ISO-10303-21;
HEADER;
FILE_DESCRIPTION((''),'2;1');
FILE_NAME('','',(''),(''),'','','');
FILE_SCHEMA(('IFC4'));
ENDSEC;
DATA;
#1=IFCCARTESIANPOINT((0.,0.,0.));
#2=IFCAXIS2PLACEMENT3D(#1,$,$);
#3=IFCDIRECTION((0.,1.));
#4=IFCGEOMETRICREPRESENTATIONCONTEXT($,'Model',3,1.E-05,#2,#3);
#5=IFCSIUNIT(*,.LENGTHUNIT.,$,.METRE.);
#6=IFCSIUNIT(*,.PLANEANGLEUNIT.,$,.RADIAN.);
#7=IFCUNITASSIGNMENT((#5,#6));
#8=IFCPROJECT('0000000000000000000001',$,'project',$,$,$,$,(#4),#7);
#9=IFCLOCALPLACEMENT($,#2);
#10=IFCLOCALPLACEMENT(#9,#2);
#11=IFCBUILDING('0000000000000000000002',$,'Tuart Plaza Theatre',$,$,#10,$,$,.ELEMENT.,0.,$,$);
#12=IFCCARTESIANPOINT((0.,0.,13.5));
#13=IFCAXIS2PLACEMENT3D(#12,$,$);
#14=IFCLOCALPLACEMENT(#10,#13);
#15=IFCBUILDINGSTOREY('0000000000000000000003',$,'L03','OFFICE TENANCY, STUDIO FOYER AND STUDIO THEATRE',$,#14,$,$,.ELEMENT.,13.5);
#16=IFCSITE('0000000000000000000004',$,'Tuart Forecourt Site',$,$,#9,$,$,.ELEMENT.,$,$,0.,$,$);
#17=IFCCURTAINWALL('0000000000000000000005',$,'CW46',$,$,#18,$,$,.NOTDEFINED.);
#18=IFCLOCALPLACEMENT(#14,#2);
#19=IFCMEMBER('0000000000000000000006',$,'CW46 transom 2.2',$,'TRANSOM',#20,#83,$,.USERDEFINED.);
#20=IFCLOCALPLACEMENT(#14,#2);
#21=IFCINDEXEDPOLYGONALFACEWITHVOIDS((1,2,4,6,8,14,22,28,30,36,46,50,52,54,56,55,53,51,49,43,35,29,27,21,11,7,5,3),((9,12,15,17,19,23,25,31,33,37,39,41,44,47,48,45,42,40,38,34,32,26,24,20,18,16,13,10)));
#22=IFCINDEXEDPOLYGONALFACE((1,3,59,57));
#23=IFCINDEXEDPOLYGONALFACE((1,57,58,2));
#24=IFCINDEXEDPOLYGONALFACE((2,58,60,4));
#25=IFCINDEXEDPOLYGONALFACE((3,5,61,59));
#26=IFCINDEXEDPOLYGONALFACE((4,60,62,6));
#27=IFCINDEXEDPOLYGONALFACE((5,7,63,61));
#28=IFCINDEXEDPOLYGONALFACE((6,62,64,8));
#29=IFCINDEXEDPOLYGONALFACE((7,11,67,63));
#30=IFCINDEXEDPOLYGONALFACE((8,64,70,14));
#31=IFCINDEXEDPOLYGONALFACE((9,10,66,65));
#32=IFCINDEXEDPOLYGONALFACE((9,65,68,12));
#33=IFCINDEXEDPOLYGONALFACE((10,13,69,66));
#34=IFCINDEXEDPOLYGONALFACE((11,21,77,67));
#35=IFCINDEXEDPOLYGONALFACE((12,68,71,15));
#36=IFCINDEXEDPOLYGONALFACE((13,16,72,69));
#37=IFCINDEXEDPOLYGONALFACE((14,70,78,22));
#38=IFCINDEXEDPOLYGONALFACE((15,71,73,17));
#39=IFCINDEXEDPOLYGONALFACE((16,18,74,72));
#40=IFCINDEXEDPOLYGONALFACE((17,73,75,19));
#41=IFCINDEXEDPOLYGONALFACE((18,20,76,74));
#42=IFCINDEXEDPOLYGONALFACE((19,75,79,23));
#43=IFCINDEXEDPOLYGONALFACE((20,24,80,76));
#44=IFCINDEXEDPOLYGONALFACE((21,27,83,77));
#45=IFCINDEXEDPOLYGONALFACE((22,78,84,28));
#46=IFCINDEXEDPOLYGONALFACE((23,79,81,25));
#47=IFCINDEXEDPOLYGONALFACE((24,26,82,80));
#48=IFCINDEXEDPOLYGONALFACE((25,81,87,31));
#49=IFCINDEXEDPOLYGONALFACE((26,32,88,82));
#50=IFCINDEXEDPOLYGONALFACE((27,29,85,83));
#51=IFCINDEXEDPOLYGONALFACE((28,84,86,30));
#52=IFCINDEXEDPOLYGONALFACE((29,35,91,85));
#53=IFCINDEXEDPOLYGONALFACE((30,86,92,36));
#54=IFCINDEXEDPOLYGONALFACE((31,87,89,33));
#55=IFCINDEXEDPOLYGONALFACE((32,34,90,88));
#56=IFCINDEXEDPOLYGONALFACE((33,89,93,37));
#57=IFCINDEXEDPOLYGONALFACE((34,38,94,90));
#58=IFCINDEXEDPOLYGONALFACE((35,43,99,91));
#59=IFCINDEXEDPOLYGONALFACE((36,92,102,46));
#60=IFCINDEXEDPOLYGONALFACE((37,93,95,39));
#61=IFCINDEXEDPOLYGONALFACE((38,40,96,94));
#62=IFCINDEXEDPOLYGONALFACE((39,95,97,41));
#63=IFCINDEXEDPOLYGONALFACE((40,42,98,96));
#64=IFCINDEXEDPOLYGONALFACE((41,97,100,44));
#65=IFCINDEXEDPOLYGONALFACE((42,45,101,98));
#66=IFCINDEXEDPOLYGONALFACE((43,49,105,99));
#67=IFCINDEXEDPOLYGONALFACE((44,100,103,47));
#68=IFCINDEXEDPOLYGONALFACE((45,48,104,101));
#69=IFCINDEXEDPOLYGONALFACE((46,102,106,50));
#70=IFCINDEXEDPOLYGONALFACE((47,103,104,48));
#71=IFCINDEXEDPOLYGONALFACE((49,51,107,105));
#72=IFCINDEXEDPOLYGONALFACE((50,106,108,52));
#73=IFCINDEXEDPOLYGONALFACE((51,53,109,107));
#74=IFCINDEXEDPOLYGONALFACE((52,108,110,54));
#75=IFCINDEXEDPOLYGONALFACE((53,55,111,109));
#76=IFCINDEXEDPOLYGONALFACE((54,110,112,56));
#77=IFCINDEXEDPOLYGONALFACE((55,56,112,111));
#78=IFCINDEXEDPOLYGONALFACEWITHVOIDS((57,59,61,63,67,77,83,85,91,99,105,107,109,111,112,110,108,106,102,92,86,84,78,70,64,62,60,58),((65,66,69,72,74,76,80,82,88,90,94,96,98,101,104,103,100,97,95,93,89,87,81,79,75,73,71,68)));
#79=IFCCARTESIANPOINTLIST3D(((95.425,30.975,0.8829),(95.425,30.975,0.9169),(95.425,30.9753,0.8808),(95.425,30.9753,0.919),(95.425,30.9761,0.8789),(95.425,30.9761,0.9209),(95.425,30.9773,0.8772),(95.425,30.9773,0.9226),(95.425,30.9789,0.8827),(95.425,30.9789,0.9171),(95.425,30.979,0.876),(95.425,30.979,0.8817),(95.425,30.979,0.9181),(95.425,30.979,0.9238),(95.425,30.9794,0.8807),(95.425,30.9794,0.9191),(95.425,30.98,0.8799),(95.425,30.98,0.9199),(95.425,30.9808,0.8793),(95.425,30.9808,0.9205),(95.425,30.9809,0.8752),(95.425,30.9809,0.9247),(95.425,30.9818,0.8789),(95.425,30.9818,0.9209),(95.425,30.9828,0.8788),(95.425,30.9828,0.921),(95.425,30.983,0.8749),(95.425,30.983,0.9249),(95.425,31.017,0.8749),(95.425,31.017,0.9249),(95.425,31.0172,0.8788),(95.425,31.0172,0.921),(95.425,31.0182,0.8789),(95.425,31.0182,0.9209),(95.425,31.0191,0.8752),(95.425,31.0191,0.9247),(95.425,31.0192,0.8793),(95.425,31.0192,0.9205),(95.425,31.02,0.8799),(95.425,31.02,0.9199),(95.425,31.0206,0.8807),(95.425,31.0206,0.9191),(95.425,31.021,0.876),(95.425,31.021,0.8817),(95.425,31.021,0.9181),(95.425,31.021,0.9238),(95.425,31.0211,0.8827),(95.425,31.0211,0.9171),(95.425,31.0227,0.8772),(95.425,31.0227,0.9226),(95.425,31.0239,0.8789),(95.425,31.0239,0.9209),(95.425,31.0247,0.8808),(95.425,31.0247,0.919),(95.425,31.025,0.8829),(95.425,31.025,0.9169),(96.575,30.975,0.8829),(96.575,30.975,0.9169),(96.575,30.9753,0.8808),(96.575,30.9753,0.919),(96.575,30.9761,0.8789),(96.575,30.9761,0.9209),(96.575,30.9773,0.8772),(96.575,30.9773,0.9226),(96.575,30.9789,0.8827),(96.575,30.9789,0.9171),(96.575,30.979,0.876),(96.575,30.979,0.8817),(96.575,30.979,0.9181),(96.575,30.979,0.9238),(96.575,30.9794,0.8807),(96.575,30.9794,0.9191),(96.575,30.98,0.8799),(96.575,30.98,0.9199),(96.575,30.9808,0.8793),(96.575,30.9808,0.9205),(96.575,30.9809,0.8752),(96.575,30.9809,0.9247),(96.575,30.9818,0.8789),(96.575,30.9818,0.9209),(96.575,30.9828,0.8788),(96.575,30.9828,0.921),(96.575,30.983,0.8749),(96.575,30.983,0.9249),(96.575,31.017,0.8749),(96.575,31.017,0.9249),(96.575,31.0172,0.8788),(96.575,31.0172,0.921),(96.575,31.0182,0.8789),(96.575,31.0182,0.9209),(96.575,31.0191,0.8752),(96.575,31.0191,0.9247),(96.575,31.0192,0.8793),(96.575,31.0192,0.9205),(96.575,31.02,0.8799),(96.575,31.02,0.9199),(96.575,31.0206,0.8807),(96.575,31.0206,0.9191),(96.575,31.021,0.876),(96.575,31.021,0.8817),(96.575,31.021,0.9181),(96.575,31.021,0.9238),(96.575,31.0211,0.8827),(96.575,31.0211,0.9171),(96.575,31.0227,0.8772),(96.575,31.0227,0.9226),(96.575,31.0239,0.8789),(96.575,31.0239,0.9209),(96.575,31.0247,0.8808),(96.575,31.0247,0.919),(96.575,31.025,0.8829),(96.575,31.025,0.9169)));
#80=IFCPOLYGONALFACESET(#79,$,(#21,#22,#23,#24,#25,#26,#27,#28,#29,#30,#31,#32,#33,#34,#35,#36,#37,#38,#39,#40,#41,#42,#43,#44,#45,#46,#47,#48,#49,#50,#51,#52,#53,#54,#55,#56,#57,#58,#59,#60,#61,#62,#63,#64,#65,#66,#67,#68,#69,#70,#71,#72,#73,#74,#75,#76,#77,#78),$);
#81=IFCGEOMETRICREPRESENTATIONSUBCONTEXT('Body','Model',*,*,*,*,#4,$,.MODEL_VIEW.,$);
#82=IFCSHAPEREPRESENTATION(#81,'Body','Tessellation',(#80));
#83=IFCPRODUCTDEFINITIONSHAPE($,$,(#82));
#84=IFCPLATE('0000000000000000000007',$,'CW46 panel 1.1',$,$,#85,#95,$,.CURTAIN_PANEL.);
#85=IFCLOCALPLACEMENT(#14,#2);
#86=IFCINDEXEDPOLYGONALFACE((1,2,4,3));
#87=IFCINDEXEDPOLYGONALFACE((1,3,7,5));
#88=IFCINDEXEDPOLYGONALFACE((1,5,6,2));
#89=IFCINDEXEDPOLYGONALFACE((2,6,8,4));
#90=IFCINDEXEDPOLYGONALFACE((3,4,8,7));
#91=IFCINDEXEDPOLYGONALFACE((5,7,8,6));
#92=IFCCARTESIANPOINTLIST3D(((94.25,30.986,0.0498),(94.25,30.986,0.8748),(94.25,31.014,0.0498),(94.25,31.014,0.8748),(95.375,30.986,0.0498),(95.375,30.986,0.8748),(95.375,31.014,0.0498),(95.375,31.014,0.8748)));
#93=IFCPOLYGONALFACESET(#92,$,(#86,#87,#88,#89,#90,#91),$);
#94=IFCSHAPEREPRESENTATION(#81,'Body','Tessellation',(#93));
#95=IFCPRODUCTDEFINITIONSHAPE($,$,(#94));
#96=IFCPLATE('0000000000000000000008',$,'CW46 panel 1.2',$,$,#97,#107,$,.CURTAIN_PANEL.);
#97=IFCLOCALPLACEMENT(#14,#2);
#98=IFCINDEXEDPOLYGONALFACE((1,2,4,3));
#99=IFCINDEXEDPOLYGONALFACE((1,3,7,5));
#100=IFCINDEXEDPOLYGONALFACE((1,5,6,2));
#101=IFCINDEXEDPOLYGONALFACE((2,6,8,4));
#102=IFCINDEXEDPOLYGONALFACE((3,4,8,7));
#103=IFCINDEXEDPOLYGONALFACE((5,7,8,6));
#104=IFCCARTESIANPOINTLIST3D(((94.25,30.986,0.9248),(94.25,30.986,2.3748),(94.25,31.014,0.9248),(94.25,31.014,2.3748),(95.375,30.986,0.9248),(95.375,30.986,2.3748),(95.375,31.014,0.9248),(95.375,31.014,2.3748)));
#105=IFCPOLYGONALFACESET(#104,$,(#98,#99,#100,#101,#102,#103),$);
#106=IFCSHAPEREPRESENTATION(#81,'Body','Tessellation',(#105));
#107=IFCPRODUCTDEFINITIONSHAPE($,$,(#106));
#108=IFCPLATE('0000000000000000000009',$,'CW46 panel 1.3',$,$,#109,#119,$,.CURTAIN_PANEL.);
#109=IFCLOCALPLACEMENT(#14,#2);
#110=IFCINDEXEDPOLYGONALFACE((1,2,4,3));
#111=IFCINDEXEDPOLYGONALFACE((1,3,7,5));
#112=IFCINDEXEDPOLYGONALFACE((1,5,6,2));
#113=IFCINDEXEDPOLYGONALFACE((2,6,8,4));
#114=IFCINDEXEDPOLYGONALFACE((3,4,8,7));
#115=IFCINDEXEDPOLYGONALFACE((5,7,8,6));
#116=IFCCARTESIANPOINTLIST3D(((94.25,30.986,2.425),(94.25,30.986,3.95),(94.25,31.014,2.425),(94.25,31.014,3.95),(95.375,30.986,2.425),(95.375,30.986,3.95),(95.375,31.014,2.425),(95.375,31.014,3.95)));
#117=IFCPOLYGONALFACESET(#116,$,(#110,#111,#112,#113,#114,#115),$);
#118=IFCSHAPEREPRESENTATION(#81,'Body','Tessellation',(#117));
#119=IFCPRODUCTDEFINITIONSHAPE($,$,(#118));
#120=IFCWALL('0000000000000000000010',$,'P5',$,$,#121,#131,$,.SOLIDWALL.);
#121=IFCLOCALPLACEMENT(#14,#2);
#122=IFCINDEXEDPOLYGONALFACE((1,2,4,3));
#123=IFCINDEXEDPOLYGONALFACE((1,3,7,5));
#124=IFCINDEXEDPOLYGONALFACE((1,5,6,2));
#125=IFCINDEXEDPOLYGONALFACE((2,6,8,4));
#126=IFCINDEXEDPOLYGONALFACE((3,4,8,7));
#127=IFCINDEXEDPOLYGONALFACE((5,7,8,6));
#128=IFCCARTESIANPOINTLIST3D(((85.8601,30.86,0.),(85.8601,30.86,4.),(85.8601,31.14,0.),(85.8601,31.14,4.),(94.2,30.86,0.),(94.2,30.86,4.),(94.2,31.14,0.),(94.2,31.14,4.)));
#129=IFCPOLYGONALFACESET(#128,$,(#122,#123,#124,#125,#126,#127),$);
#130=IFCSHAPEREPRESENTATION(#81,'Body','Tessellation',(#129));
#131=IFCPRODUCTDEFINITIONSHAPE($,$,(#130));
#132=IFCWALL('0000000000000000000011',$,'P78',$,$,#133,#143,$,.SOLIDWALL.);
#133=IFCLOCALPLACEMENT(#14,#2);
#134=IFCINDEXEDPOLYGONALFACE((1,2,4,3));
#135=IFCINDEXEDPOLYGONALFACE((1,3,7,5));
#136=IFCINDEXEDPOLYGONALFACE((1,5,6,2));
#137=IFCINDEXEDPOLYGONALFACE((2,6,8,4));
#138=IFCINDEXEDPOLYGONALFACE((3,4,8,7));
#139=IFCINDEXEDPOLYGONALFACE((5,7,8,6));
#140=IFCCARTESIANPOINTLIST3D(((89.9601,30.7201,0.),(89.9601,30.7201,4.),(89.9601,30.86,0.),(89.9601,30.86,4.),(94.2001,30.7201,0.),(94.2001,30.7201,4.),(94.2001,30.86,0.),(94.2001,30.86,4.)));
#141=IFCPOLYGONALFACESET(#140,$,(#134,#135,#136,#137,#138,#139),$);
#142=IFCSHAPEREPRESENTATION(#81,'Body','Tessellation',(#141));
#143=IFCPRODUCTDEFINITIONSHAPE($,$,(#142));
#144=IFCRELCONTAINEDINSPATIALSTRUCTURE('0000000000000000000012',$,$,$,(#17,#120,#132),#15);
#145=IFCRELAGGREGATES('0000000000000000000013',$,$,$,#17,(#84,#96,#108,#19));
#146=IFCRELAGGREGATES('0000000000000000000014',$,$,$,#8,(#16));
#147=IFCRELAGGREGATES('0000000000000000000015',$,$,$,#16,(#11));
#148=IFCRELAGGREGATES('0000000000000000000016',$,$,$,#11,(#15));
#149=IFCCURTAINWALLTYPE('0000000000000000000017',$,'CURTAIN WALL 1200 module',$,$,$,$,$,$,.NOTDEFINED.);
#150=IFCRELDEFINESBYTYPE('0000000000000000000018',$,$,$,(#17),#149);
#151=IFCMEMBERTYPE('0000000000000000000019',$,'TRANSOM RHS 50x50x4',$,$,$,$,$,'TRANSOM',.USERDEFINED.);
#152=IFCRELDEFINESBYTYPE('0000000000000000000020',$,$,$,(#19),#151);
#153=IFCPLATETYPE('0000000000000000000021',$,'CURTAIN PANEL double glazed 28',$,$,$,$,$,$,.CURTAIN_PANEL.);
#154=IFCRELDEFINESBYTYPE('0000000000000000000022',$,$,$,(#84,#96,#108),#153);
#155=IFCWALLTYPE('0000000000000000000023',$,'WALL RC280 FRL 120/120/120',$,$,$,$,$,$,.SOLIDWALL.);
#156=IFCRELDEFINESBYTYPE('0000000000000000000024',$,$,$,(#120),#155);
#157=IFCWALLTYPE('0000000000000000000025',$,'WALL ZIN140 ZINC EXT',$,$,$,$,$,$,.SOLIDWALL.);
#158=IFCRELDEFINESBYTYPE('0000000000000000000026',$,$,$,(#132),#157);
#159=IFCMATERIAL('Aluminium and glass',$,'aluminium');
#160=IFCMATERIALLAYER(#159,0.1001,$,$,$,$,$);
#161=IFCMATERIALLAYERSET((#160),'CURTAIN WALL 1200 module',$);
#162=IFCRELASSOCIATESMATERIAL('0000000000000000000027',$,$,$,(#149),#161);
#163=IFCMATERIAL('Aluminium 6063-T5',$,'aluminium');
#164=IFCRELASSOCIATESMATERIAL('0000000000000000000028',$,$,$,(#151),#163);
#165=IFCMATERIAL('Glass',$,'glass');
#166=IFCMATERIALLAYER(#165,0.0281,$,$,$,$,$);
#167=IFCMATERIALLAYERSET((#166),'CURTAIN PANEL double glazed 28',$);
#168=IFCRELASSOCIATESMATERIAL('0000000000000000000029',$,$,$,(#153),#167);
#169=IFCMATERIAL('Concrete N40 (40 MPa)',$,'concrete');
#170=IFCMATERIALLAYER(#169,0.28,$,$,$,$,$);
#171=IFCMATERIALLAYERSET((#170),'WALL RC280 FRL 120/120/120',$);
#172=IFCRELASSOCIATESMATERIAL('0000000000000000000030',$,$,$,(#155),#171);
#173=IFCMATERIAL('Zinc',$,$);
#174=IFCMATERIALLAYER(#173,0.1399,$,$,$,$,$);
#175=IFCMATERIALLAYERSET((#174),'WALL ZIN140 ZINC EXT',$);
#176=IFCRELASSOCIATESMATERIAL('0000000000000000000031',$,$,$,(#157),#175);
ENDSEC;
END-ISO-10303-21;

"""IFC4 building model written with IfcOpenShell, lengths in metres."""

from ifc_helpers import new_model, si_unit, direction, frame, frame_2d, origin, origin_2d, place, context, subcontext, project, spatial, rectangle, hollow_rectangle, extrude, material, layer, layer_set, material_profile, profile_set, type_object, element, aggregate, save


model = new_model("IFC4")

# Units and contexts
model_context = context("Model", 3, precision=1e-05, world=origin(), true_north=direction((0.0, 1.0)))
body_context = subcontext(model_context, "Body", "Model", "MODEL_VIEW")
ifc_project = project(units=[si_unit("LENGTHUNIT", "METRE"), si_unit("PLANEANGLEUNIT", "RADIAN")], contexts=[model_context])

# Site, building, storey
site_placement = place(None, origin())
site = spatial("IfcSite", under=ifc_project, at=site_placement, Name="Tuart Forecourt Site", CompositionType="ELEMENT", RefElevation=0.0)
building_placement = place(site_placement, origin())
building = spatial("IfcBuilding", under=site, at=building_placement, Name="Tuart Plaza Theatre", CompositionType="ELEMENT", ElevationOfRefHeight=0.0)
storey_placement = place(building_placement, frame((0.0, 0.0, 13.5)))
storey = spatial("IfcBuildingStorey", under=building, at=storey_placement, Name="L03", Description="OFFICE TENANCY, STUDIO FOYER AND STUDIO THEATRE", CompositionType="ELEMENT", Elevation=13.5)

# Curtain wall, member, plates
ifc_material_1 = material(Name="Aluminium and glass", Category="aluminium")
ifc_layer_1 = layer(ifc_material_1, 0.1001)
ifc_layer_set_1 = layer_set([ifc_layer_1], Name="CURTAIN WALL 1200 module")
curtain_wall_type = type_object("IfcCurtainWallType", Name="CURTAIN WALL 1200 module", PredefinedType="NOTDEFINED", material=ifc_layer_set_1)
curtain_wall_placement = place(storey_placement, origin())
curtain_wall = element("IfcCurtainWall", 1, at=curtain_wall_placement, inside=storey, type_object=curtain_wall_type, Name="CW46", PredefinedType="NOTDEFINED")
ifc_material_2 = material(Name="Aluminium 6063-T5", Category="aluminium")
ifc_material_profile_1 = material_profile(ifc_material_2, hollow_rectangle(XDim=0.05, YDim=0.05, WallThickness=0.0039, InnerFilletRadius=0.0039, OuterFilletRadius=0.0081, at=origin_2d()), Name="RHS 50x50x4")
ifc_profile_set_1 = profile_set([ifc_material_profile_1], Name="Aluminium 6063-T5")
member_type_1 = type_object("IfcMemberType", Name="TRANSOM RHS 50x50x4", ElementType="TRANSOM", PredefinedType="USERDEFINED", material=ifc_profile_set_1)
member_1_placement = place(storey_placement, frame((95.425, 31.0, 0.8999), z_axis=(1.0, 0.0, 0.0), x_axis=(0.0, 1.0, 0.0)))
member_1 = element("IfcMember", 2, at=member_1_placement, type_object=member_type_1, Name="CW46 transom 2.2", ObjectType="TRANSOM", PredefinedType="USERDEFINED", context=body_context, shape_type="SweptSolid", body=[
    extrude(hollow_rectangle(XDim=0.05, YDim=0.05, WallThickness=0.0039, InnerFilletRadius=0.0039, OuterFilletRadius=0.0081, at=origin_2d()), origin(), (0.0, 0.0, 1.0), 1.1499),
])
ifc_material_3 = material(Name="Glass", Category="glass")
ifc_layer_2 = layer(ifc_material_3, 0.0281)
ifc_layer_set_2 = layer_set([ifc_layer_2], Name="CURTAIN PANEL double glazed 28")
plate_type = type_object("IfcPlateType", Name="CURTAIN PANEL double glazed 28", PredefinedType="CURTAIN_PANEL", material=ifc_layer_set_2)
plate_1_placement = place(storey_placement, frame((94.8125, 31.0, 0.0498), z_axis=(0.0, 0.0, 1.0), x_axis=(1.0, 0.0, 0.0)))
plate_1 = element("IfcPlate", 3, at=plate_1_placement, type_object=plate_type, Name="CW46 panel 1.1", PredefinedType="CURTAIN_PANEL", context=body_context, shape_type="SweptSolid", body=[
    extrude(rectangle(XDim=1.125, YDim=0.0281, at=origin_2d()), origin(), (0.0, 0.0, 1.0), 0.825),
])
plate_2_placement = place(storey_placement, frame((94.8125, 31.0, 0.9248), z_axis=(0.0, 0.0, 1.0), x_axis=(1.0, 0.0, 0.0)))
plate_2 = element("IfcPlate", 4, at=plate_2_placement, type_object=plate_type, Name="CW46 panel 1.2", PredefinedType="CURTAIN_PANEL", context=body_context, shape_type="SweptSolid", body=[
    extrude(rectangle(XDim=1.125, YDim=0.0281, at=origin_2d()), origin(), (0.0, 0.0, 1.0), 1.45),
])
plate_3_placement = place(storey_placement, frame((94.8125, 31.0, 2.425), z_axis=(0.0, 0.0, 1.0), x_axis=(1.0, 0.0, 0.0)))
plate_3 = element("IfcPlate", 5, at=plate_3_placement, type_object=plate_type, Name="CW46 panel 1.3", PredefinedType="CURTAIN_PANEL", context=body_context, shape_type="SweptSolid", body=[
    extrude(rectangle(XDim=1.125, YDim=0.0281, at=origin_2d()), origin(), (0.0, 0.0, 1.0), 1.5249),
])
aggregate(curtain_wall, [plate_1, plate_2, plate_3, member_1])

# Walls
ifc_material_4 = material(Name="Concrete N40 (40 MPa)", Category="concrete")
ifc_layer_3 = layer(ifc_material_4, 0.28)
ifc_layer_set_3 = layer_set([ifc_layer_3], Name="WALL RC280 FRL 120/120/120")
wall_type_1 = type_object("IfcWallType", Name="WALL RC280 FRL 120/120/120", PredefinedType="SOLIDWALL", material=ifc_layer_set_3)
wall_1_placement = place(storey_placement, frame((85.8601, 31.0, 0.0), z_axis=(0.0, 0.0, 1.0), x_axis=(1.0, 0.0, 0.0)))
element("IfcWall", 6, at=wall_1_placement, inside=storey, type_object=wall_type_1, Name="P5", PredefinedType="SOLIDWALL", context=body_context, shape_type="SweptSolid", body=[
    extrude(rectangle(XDim=8.3398, YDim=0.28, at=frame_2d((4.1699, 0.0))), origin(), (0.0, 0.0, 1.0), 4.0),
])
ifc_material_5 = material(Name="Zinc")
ifc_layer_4 = layer(ifc_material_5, 0.1399)
ifc_layer_set_4 = layer_set([ifc_layer_4], Name="WALL ZIN140 ZINC EXT")
wall_type_2 = type_object("IfcWallType", Name="WALL ZIN140 ZINC EXT", PredefinedType="SOLIDWALL", material=ifc_layer_set_4)
wall_2_placement = place(storey_placement, frame((89.96, 30.79, 0.0), z_axis=(0.0, 0.0, 1.0), x_axis=(1.0, 0.0, 0.0)))
element("IfcWall", 7, at=wall_2_placement, inside=storey, type_object=wall_type_2, Name="P78", PredefinedType="SOLIDWALL", context=body_context, shape_type="SweptSolid", body=[
    extrude(rectangle(XDim=4.24, YDim=0.1399, at=frame_2d((2.1201, 0.0))), origin(), (0.0, 0.0, 1.0), 4.0),
])

save(model, "model.ifc")
